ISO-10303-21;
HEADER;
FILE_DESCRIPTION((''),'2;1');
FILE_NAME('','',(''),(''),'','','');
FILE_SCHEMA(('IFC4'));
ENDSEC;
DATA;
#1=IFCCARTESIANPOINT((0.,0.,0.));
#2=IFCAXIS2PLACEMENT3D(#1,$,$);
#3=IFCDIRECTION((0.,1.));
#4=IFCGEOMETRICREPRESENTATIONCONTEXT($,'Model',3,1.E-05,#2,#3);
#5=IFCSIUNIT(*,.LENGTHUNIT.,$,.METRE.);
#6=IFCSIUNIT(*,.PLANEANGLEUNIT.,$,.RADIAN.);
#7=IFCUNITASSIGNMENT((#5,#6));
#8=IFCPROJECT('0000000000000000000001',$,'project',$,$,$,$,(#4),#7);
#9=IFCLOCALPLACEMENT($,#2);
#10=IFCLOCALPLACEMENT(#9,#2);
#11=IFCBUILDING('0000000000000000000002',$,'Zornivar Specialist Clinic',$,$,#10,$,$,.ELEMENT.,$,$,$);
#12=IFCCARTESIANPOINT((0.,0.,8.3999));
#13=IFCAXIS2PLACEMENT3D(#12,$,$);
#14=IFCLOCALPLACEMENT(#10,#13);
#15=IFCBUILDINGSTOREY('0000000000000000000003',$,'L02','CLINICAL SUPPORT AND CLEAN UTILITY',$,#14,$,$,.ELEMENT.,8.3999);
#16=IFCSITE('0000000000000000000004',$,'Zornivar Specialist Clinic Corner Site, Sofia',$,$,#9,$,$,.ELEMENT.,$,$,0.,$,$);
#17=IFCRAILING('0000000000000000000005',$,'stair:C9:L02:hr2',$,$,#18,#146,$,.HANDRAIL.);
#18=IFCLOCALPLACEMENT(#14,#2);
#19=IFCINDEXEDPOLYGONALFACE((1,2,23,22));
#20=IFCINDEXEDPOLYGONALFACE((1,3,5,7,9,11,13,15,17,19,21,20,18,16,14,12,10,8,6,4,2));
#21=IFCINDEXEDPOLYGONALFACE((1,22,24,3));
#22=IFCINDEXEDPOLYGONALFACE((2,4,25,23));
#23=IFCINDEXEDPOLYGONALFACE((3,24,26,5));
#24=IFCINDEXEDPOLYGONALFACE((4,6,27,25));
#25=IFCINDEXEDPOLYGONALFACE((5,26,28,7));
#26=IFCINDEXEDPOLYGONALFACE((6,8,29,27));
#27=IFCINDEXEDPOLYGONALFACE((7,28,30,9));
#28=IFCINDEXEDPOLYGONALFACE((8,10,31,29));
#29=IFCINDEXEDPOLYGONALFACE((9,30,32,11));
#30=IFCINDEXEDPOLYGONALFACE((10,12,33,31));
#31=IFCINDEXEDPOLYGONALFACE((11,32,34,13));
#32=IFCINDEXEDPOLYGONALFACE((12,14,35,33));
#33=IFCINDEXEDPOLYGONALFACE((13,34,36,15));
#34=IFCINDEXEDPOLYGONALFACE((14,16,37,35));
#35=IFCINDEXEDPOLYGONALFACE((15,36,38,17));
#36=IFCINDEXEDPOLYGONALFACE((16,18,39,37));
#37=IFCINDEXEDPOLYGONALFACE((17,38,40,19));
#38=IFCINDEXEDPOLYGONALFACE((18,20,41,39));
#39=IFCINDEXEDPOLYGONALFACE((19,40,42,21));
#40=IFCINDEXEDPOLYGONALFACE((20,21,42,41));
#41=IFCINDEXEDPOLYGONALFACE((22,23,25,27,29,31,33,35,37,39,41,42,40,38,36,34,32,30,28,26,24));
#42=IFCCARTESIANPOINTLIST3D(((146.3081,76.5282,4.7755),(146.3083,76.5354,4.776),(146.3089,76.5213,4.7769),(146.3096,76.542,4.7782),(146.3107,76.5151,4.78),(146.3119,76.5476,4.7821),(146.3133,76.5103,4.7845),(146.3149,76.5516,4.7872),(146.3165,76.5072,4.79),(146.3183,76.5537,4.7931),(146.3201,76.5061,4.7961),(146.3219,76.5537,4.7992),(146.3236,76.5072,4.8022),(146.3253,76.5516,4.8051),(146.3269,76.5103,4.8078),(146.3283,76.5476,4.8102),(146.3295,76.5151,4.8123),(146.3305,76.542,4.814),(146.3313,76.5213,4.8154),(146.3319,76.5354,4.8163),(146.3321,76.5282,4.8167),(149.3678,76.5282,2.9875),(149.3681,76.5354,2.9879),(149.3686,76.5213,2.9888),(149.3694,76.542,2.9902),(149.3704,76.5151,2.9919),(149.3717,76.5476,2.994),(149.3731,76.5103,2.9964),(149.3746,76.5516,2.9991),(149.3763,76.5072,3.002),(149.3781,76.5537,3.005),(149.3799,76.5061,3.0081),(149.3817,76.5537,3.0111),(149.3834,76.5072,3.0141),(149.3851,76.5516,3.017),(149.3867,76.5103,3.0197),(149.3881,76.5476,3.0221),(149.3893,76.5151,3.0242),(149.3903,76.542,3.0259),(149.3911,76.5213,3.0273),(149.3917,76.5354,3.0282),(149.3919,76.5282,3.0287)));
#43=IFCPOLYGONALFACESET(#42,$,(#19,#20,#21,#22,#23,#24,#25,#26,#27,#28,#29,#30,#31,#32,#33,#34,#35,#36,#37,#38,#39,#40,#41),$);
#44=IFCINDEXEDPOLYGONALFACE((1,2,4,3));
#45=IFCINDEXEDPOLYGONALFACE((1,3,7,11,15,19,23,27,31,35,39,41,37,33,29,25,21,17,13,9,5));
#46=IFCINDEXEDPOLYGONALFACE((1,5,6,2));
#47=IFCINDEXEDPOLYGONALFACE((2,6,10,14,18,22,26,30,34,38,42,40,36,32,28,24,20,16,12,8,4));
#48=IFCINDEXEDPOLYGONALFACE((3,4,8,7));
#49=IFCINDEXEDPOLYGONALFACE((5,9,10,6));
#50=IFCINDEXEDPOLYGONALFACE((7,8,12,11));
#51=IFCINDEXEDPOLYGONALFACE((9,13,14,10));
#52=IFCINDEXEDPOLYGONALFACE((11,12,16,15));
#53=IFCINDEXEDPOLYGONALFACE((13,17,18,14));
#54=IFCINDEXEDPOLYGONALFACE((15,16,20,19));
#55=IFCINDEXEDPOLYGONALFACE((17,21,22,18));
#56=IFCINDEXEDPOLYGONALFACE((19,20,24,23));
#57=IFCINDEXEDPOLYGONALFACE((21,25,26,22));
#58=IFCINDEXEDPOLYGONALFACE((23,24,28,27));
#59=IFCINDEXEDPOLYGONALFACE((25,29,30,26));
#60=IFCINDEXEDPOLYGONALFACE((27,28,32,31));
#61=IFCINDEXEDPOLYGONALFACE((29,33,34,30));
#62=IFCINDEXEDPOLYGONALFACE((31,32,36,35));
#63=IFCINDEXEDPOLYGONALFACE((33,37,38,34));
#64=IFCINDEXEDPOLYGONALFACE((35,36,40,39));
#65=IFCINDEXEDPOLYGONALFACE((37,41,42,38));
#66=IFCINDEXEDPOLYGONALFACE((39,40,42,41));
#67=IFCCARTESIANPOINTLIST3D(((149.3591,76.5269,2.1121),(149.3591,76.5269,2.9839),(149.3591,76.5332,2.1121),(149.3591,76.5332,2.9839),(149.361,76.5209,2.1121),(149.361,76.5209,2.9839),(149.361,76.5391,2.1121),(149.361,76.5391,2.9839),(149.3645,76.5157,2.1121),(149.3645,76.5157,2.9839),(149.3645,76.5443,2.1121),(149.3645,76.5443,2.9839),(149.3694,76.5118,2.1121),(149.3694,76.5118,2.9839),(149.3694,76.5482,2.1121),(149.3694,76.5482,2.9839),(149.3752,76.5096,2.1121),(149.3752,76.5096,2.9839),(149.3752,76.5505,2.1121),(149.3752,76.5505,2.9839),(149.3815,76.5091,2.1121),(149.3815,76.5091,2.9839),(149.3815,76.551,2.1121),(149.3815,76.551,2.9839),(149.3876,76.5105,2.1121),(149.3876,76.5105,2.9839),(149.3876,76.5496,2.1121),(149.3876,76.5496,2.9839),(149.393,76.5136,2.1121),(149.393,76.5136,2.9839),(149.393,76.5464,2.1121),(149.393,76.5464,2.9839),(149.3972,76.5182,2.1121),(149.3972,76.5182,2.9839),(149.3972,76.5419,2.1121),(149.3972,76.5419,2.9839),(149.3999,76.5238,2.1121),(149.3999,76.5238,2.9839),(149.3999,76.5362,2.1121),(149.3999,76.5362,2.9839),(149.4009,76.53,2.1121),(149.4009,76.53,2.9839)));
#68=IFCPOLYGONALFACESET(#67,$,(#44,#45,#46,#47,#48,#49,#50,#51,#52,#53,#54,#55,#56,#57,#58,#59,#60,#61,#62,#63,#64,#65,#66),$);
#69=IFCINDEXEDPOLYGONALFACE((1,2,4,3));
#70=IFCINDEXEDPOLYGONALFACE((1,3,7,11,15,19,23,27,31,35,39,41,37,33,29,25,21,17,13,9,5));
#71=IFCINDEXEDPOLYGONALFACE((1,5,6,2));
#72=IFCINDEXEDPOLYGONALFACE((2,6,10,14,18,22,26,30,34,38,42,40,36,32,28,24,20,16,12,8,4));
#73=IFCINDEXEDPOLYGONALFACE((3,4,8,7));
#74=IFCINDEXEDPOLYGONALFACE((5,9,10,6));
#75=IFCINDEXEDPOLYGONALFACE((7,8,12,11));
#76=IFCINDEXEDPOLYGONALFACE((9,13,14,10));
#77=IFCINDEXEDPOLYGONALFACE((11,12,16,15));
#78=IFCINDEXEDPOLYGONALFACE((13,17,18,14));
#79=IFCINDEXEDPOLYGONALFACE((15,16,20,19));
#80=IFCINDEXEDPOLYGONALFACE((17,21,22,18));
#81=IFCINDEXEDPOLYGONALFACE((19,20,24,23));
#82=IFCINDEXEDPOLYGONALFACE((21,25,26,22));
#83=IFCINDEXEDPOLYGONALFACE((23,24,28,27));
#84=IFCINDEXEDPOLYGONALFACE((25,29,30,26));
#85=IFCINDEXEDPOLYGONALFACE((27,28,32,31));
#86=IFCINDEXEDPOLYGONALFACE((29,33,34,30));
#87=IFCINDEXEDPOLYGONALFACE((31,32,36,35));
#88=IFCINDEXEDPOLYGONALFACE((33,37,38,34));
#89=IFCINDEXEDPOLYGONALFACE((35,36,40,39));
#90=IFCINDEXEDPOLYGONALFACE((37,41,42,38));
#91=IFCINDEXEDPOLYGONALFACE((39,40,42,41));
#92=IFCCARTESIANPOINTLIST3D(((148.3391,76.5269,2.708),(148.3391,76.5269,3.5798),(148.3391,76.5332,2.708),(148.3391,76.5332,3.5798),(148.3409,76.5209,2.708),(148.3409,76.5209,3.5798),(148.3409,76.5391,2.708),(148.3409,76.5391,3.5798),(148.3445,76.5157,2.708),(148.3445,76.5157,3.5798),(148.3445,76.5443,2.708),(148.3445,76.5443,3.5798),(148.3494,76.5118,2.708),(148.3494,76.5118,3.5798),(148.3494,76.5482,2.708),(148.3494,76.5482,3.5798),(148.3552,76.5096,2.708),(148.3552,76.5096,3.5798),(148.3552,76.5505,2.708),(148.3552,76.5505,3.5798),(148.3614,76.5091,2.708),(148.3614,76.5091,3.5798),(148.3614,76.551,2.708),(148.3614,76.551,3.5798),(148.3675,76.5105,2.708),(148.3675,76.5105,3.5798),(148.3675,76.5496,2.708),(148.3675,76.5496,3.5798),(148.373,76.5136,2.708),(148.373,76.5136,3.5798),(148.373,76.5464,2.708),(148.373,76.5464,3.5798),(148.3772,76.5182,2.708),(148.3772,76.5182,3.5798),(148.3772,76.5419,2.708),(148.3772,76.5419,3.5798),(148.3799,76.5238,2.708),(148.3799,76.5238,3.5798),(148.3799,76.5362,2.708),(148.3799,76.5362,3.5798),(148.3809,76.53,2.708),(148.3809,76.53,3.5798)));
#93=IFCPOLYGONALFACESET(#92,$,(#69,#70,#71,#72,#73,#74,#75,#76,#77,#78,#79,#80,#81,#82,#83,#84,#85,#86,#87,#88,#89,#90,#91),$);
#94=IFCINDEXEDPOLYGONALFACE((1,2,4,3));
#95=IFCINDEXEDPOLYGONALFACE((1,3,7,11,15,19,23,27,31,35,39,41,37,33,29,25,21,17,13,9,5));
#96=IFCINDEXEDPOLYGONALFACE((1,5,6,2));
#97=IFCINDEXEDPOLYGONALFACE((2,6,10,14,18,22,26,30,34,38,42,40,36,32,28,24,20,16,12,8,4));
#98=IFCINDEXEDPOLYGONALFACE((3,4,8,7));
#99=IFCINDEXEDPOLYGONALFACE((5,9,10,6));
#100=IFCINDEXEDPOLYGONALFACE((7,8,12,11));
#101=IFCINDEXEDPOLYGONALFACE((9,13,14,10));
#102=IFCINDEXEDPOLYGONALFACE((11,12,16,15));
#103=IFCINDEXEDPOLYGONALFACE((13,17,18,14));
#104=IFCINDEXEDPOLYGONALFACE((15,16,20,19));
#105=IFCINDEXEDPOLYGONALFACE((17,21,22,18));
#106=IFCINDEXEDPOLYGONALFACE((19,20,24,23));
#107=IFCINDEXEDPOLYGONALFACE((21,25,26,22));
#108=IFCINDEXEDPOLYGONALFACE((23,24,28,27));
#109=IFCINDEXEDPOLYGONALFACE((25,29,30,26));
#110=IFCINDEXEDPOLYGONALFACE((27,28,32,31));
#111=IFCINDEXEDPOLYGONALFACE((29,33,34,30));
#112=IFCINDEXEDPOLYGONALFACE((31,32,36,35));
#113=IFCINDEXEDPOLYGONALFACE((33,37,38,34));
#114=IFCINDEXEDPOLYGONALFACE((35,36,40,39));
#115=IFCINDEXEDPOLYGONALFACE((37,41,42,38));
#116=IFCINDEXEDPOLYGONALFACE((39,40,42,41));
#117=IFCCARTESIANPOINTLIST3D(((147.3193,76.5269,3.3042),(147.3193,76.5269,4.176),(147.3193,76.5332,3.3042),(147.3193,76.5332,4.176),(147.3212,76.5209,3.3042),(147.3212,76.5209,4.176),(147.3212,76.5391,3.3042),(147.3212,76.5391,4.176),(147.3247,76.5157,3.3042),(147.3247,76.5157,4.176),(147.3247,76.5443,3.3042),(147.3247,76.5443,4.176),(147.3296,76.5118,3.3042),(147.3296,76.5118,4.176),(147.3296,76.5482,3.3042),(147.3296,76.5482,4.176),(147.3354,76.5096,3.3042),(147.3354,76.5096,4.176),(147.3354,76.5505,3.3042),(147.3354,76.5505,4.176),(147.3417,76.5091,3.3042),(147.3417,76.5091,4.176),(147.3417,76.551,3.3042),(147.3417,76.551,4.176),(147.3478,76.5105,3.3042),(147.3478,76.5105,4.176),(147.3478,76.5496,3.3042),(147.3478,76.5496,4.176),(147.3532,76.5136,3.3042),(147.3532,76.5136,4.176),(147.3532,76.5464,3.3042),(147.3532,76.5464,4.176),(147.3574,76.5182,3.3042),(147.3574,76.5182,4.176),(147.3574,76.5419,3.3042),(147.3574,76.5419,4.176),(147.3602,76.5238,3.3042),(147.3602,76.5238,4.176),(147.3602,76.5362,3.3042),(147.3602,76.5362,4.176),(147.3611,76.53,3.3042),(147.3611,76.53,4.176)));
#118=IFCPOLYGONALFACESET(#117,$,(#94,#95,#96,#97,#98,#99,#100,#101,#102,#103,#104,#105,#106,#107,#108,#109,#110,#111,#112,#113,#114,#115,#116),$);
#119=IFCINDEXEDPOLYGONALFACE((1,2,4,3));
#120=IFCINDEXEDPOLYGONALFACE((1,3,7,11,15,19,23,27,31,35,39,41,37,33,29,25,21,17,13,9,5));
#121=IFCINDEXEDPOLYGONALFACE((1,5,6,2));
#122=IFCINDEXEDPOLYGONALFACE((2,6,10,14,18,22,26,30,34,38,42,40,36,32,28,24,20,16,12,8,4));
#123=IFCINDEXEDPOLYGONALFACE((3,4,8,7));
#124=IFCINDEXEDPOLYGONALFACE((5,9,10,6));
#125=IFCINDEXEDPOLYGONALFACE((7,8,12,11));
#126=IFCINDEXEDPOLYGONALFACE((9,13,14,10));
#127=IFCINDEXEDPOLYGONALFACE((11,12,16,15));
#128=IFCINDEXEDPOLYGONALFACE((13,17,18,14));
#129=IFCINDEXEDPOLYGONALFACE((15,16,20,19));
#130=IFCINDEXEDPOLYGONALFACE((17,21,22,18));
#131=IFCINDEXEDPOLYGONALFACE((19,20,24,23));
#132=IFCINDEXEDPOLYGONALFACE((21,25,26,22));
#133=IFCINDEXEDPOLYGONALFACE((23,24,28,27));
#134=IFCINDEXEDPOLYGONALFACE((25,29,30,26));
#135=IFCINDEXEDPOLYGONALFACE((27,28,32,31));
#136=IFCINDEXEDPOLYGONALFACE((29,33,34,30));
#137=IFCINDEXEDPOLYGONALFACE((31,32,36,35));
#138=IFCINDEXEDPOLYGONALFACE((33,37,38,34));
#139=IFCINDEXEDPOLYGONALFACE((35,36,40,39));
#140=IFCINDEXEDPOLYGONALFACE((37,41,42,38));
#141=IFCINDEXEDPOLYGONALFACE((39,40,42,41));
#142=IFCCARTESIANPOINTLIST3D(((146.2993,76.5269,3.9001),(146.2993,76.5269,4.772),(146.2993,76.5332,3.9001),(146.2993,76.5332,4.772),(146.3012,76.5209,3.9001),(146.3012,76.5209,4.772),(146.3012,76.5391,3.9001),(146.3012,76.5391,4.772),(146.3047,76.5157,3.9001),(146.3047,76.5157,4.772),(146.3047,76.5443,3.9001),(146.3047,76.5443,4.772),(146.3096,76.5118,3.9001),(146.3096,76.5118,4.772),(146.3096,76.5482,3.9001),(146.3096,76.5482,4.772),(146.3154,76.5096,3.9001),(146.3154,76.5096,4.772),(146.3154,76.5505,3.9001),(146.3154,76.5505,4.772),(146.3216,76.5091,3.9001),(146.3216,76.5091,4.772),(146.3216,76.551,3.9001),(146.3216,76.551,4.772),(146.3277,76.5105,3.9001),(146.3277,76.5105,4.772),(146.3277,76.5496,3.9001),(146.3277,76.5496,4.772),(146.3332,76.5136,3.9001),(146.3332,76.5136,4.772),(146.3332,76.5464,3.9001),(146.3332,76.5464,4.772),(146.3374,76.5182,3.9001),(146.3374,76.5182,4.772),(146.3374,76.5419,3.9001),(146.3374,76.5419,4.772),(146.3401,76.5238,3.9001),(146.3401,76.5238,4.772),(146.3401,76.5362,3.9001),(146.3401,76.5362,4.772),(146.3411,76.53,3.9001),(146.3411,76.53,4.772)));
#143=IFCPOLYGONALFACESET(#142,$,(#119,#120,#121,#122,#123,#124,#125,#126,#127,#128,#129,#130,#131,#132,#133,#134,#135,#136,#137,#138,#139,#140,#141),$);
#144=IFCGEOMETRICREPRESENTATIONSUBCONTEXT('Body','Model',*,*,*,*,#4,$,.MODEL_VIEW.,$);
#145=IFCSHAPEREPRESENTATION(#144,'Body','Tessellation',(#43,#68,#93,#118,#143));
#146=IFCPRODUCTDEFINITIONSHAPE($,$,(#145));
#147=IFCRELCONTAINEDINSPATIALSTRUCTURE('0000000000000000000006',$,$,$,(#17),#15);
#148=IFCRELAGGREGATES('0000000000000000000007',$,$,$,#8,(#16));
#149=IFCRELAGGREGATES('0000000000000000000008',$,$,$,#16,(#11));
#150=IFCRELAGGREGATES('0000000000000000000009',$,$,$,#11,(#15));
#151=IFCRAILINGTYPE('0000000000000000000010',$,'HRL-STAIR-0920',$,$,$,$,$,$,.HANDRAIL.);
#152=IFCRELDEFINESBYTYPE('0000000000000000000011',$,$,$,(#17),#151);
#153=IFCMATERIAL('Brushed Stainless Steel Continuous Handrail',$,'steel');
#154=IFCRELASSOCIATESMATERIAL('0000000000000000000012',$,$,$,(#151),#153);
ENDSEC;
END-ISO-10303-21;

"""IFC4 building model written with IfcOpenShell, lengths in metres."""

from ifc_helpers import new_model, si_unit, direction, frame, origin, origin_2d, place, context, subcontext, project, spatial, circle, extrude, material, type_object, element, save


model = new_model("IFC4")

# Units and contexts
model_context = context("Model", 3, precision=1e-05, world=origin(), true_north=direction((0.0, 1.0)))
body_context = subcontext(model_context, "Body", "Model", "MODEL_VIEW")
ifc_project = project(units=[si_unit("LENGTHUNIT", "METRE"), si_unit("PLANEANGLEUNIT", "RADIAN")], contexts=[model_context])

# Site, building, storey
site_placement = place(None, origin())
site = spatial("IfcSite", under=ifc_project, at=site_placement, Name="Zornivar Specialist Clinic Corner Site, Sofia", CompositionType="ELEMENT", RefElevation=0.0)
building_placement = place(site_placement, origin())
building = spatial("IfcBuilding", under=site, at=building_placement, Name="Zornivar Specialist Clinic", CompositionType="ELEMENT")
storey_placement = place(building_placement, frame((0.0, 0.0, 8.3999)))
storey = spatial("IfcBuildingStorey", under=building, at=storey_placement, Name="L02", Description="CLINICAL SUPPORT AND CLEAN UTILITY", CompositionType="ELEMENT", Elevation=8.3999)

# Railing
ifc_material_1 = material(Name="Brushed Stainless Steel Continuous Handrail", Category="steel")
railing_type_1 = type_object("IfcRailingType", Name="HRL-STAIR-0920", PredefinedType="HANDRAIL", material=ifc_material_1)
railing_1_placement = place(storey_placement, frame((149.3799, 76.53, 2.1121)))
element("IfcRailing", 1, at=railing_1_placement, inside=storey, type_object=railing_type_1, Name="stair:C9:L02:hr2", PredefinedType="HANDRAIL", context=body_context, shape_type="SweptSolid", body=[
    extrude(circle(Radius=0.0239, at=origin_2d()), frame((0.0, 0.0, 0.896), z_axis=(-0.863386, 0.0, 0.504543), x_axis=(0.0, -1.0, 0.0)), (0.0, 0.0, 1.0), 3.5439),
    extrude(circle(Radius=0.021, at=origin_2d()), origin(), (0.0, 0.0, 1.0), 0.8718),
    extrude(circle(Radius=0.021, at=origin_2d()), frame((-1.02, 0.0, 0.5959)), (0.0, 0.0, 1.0), 0.8718),
    extrude(circle(Radius=0.021, at=origin_2d()), frame((-2.0398, 0.0, 1.1921)), (0.0, 0.0, 1.0), 0.8718),
    extrude(circle(Radius=0.021, at=origin_2d()), frame((-3.0598, 0.0, 1.7881)), (0.0, 0.0, 1.0), 0.8718),
])

save(model, "model.ifc")
